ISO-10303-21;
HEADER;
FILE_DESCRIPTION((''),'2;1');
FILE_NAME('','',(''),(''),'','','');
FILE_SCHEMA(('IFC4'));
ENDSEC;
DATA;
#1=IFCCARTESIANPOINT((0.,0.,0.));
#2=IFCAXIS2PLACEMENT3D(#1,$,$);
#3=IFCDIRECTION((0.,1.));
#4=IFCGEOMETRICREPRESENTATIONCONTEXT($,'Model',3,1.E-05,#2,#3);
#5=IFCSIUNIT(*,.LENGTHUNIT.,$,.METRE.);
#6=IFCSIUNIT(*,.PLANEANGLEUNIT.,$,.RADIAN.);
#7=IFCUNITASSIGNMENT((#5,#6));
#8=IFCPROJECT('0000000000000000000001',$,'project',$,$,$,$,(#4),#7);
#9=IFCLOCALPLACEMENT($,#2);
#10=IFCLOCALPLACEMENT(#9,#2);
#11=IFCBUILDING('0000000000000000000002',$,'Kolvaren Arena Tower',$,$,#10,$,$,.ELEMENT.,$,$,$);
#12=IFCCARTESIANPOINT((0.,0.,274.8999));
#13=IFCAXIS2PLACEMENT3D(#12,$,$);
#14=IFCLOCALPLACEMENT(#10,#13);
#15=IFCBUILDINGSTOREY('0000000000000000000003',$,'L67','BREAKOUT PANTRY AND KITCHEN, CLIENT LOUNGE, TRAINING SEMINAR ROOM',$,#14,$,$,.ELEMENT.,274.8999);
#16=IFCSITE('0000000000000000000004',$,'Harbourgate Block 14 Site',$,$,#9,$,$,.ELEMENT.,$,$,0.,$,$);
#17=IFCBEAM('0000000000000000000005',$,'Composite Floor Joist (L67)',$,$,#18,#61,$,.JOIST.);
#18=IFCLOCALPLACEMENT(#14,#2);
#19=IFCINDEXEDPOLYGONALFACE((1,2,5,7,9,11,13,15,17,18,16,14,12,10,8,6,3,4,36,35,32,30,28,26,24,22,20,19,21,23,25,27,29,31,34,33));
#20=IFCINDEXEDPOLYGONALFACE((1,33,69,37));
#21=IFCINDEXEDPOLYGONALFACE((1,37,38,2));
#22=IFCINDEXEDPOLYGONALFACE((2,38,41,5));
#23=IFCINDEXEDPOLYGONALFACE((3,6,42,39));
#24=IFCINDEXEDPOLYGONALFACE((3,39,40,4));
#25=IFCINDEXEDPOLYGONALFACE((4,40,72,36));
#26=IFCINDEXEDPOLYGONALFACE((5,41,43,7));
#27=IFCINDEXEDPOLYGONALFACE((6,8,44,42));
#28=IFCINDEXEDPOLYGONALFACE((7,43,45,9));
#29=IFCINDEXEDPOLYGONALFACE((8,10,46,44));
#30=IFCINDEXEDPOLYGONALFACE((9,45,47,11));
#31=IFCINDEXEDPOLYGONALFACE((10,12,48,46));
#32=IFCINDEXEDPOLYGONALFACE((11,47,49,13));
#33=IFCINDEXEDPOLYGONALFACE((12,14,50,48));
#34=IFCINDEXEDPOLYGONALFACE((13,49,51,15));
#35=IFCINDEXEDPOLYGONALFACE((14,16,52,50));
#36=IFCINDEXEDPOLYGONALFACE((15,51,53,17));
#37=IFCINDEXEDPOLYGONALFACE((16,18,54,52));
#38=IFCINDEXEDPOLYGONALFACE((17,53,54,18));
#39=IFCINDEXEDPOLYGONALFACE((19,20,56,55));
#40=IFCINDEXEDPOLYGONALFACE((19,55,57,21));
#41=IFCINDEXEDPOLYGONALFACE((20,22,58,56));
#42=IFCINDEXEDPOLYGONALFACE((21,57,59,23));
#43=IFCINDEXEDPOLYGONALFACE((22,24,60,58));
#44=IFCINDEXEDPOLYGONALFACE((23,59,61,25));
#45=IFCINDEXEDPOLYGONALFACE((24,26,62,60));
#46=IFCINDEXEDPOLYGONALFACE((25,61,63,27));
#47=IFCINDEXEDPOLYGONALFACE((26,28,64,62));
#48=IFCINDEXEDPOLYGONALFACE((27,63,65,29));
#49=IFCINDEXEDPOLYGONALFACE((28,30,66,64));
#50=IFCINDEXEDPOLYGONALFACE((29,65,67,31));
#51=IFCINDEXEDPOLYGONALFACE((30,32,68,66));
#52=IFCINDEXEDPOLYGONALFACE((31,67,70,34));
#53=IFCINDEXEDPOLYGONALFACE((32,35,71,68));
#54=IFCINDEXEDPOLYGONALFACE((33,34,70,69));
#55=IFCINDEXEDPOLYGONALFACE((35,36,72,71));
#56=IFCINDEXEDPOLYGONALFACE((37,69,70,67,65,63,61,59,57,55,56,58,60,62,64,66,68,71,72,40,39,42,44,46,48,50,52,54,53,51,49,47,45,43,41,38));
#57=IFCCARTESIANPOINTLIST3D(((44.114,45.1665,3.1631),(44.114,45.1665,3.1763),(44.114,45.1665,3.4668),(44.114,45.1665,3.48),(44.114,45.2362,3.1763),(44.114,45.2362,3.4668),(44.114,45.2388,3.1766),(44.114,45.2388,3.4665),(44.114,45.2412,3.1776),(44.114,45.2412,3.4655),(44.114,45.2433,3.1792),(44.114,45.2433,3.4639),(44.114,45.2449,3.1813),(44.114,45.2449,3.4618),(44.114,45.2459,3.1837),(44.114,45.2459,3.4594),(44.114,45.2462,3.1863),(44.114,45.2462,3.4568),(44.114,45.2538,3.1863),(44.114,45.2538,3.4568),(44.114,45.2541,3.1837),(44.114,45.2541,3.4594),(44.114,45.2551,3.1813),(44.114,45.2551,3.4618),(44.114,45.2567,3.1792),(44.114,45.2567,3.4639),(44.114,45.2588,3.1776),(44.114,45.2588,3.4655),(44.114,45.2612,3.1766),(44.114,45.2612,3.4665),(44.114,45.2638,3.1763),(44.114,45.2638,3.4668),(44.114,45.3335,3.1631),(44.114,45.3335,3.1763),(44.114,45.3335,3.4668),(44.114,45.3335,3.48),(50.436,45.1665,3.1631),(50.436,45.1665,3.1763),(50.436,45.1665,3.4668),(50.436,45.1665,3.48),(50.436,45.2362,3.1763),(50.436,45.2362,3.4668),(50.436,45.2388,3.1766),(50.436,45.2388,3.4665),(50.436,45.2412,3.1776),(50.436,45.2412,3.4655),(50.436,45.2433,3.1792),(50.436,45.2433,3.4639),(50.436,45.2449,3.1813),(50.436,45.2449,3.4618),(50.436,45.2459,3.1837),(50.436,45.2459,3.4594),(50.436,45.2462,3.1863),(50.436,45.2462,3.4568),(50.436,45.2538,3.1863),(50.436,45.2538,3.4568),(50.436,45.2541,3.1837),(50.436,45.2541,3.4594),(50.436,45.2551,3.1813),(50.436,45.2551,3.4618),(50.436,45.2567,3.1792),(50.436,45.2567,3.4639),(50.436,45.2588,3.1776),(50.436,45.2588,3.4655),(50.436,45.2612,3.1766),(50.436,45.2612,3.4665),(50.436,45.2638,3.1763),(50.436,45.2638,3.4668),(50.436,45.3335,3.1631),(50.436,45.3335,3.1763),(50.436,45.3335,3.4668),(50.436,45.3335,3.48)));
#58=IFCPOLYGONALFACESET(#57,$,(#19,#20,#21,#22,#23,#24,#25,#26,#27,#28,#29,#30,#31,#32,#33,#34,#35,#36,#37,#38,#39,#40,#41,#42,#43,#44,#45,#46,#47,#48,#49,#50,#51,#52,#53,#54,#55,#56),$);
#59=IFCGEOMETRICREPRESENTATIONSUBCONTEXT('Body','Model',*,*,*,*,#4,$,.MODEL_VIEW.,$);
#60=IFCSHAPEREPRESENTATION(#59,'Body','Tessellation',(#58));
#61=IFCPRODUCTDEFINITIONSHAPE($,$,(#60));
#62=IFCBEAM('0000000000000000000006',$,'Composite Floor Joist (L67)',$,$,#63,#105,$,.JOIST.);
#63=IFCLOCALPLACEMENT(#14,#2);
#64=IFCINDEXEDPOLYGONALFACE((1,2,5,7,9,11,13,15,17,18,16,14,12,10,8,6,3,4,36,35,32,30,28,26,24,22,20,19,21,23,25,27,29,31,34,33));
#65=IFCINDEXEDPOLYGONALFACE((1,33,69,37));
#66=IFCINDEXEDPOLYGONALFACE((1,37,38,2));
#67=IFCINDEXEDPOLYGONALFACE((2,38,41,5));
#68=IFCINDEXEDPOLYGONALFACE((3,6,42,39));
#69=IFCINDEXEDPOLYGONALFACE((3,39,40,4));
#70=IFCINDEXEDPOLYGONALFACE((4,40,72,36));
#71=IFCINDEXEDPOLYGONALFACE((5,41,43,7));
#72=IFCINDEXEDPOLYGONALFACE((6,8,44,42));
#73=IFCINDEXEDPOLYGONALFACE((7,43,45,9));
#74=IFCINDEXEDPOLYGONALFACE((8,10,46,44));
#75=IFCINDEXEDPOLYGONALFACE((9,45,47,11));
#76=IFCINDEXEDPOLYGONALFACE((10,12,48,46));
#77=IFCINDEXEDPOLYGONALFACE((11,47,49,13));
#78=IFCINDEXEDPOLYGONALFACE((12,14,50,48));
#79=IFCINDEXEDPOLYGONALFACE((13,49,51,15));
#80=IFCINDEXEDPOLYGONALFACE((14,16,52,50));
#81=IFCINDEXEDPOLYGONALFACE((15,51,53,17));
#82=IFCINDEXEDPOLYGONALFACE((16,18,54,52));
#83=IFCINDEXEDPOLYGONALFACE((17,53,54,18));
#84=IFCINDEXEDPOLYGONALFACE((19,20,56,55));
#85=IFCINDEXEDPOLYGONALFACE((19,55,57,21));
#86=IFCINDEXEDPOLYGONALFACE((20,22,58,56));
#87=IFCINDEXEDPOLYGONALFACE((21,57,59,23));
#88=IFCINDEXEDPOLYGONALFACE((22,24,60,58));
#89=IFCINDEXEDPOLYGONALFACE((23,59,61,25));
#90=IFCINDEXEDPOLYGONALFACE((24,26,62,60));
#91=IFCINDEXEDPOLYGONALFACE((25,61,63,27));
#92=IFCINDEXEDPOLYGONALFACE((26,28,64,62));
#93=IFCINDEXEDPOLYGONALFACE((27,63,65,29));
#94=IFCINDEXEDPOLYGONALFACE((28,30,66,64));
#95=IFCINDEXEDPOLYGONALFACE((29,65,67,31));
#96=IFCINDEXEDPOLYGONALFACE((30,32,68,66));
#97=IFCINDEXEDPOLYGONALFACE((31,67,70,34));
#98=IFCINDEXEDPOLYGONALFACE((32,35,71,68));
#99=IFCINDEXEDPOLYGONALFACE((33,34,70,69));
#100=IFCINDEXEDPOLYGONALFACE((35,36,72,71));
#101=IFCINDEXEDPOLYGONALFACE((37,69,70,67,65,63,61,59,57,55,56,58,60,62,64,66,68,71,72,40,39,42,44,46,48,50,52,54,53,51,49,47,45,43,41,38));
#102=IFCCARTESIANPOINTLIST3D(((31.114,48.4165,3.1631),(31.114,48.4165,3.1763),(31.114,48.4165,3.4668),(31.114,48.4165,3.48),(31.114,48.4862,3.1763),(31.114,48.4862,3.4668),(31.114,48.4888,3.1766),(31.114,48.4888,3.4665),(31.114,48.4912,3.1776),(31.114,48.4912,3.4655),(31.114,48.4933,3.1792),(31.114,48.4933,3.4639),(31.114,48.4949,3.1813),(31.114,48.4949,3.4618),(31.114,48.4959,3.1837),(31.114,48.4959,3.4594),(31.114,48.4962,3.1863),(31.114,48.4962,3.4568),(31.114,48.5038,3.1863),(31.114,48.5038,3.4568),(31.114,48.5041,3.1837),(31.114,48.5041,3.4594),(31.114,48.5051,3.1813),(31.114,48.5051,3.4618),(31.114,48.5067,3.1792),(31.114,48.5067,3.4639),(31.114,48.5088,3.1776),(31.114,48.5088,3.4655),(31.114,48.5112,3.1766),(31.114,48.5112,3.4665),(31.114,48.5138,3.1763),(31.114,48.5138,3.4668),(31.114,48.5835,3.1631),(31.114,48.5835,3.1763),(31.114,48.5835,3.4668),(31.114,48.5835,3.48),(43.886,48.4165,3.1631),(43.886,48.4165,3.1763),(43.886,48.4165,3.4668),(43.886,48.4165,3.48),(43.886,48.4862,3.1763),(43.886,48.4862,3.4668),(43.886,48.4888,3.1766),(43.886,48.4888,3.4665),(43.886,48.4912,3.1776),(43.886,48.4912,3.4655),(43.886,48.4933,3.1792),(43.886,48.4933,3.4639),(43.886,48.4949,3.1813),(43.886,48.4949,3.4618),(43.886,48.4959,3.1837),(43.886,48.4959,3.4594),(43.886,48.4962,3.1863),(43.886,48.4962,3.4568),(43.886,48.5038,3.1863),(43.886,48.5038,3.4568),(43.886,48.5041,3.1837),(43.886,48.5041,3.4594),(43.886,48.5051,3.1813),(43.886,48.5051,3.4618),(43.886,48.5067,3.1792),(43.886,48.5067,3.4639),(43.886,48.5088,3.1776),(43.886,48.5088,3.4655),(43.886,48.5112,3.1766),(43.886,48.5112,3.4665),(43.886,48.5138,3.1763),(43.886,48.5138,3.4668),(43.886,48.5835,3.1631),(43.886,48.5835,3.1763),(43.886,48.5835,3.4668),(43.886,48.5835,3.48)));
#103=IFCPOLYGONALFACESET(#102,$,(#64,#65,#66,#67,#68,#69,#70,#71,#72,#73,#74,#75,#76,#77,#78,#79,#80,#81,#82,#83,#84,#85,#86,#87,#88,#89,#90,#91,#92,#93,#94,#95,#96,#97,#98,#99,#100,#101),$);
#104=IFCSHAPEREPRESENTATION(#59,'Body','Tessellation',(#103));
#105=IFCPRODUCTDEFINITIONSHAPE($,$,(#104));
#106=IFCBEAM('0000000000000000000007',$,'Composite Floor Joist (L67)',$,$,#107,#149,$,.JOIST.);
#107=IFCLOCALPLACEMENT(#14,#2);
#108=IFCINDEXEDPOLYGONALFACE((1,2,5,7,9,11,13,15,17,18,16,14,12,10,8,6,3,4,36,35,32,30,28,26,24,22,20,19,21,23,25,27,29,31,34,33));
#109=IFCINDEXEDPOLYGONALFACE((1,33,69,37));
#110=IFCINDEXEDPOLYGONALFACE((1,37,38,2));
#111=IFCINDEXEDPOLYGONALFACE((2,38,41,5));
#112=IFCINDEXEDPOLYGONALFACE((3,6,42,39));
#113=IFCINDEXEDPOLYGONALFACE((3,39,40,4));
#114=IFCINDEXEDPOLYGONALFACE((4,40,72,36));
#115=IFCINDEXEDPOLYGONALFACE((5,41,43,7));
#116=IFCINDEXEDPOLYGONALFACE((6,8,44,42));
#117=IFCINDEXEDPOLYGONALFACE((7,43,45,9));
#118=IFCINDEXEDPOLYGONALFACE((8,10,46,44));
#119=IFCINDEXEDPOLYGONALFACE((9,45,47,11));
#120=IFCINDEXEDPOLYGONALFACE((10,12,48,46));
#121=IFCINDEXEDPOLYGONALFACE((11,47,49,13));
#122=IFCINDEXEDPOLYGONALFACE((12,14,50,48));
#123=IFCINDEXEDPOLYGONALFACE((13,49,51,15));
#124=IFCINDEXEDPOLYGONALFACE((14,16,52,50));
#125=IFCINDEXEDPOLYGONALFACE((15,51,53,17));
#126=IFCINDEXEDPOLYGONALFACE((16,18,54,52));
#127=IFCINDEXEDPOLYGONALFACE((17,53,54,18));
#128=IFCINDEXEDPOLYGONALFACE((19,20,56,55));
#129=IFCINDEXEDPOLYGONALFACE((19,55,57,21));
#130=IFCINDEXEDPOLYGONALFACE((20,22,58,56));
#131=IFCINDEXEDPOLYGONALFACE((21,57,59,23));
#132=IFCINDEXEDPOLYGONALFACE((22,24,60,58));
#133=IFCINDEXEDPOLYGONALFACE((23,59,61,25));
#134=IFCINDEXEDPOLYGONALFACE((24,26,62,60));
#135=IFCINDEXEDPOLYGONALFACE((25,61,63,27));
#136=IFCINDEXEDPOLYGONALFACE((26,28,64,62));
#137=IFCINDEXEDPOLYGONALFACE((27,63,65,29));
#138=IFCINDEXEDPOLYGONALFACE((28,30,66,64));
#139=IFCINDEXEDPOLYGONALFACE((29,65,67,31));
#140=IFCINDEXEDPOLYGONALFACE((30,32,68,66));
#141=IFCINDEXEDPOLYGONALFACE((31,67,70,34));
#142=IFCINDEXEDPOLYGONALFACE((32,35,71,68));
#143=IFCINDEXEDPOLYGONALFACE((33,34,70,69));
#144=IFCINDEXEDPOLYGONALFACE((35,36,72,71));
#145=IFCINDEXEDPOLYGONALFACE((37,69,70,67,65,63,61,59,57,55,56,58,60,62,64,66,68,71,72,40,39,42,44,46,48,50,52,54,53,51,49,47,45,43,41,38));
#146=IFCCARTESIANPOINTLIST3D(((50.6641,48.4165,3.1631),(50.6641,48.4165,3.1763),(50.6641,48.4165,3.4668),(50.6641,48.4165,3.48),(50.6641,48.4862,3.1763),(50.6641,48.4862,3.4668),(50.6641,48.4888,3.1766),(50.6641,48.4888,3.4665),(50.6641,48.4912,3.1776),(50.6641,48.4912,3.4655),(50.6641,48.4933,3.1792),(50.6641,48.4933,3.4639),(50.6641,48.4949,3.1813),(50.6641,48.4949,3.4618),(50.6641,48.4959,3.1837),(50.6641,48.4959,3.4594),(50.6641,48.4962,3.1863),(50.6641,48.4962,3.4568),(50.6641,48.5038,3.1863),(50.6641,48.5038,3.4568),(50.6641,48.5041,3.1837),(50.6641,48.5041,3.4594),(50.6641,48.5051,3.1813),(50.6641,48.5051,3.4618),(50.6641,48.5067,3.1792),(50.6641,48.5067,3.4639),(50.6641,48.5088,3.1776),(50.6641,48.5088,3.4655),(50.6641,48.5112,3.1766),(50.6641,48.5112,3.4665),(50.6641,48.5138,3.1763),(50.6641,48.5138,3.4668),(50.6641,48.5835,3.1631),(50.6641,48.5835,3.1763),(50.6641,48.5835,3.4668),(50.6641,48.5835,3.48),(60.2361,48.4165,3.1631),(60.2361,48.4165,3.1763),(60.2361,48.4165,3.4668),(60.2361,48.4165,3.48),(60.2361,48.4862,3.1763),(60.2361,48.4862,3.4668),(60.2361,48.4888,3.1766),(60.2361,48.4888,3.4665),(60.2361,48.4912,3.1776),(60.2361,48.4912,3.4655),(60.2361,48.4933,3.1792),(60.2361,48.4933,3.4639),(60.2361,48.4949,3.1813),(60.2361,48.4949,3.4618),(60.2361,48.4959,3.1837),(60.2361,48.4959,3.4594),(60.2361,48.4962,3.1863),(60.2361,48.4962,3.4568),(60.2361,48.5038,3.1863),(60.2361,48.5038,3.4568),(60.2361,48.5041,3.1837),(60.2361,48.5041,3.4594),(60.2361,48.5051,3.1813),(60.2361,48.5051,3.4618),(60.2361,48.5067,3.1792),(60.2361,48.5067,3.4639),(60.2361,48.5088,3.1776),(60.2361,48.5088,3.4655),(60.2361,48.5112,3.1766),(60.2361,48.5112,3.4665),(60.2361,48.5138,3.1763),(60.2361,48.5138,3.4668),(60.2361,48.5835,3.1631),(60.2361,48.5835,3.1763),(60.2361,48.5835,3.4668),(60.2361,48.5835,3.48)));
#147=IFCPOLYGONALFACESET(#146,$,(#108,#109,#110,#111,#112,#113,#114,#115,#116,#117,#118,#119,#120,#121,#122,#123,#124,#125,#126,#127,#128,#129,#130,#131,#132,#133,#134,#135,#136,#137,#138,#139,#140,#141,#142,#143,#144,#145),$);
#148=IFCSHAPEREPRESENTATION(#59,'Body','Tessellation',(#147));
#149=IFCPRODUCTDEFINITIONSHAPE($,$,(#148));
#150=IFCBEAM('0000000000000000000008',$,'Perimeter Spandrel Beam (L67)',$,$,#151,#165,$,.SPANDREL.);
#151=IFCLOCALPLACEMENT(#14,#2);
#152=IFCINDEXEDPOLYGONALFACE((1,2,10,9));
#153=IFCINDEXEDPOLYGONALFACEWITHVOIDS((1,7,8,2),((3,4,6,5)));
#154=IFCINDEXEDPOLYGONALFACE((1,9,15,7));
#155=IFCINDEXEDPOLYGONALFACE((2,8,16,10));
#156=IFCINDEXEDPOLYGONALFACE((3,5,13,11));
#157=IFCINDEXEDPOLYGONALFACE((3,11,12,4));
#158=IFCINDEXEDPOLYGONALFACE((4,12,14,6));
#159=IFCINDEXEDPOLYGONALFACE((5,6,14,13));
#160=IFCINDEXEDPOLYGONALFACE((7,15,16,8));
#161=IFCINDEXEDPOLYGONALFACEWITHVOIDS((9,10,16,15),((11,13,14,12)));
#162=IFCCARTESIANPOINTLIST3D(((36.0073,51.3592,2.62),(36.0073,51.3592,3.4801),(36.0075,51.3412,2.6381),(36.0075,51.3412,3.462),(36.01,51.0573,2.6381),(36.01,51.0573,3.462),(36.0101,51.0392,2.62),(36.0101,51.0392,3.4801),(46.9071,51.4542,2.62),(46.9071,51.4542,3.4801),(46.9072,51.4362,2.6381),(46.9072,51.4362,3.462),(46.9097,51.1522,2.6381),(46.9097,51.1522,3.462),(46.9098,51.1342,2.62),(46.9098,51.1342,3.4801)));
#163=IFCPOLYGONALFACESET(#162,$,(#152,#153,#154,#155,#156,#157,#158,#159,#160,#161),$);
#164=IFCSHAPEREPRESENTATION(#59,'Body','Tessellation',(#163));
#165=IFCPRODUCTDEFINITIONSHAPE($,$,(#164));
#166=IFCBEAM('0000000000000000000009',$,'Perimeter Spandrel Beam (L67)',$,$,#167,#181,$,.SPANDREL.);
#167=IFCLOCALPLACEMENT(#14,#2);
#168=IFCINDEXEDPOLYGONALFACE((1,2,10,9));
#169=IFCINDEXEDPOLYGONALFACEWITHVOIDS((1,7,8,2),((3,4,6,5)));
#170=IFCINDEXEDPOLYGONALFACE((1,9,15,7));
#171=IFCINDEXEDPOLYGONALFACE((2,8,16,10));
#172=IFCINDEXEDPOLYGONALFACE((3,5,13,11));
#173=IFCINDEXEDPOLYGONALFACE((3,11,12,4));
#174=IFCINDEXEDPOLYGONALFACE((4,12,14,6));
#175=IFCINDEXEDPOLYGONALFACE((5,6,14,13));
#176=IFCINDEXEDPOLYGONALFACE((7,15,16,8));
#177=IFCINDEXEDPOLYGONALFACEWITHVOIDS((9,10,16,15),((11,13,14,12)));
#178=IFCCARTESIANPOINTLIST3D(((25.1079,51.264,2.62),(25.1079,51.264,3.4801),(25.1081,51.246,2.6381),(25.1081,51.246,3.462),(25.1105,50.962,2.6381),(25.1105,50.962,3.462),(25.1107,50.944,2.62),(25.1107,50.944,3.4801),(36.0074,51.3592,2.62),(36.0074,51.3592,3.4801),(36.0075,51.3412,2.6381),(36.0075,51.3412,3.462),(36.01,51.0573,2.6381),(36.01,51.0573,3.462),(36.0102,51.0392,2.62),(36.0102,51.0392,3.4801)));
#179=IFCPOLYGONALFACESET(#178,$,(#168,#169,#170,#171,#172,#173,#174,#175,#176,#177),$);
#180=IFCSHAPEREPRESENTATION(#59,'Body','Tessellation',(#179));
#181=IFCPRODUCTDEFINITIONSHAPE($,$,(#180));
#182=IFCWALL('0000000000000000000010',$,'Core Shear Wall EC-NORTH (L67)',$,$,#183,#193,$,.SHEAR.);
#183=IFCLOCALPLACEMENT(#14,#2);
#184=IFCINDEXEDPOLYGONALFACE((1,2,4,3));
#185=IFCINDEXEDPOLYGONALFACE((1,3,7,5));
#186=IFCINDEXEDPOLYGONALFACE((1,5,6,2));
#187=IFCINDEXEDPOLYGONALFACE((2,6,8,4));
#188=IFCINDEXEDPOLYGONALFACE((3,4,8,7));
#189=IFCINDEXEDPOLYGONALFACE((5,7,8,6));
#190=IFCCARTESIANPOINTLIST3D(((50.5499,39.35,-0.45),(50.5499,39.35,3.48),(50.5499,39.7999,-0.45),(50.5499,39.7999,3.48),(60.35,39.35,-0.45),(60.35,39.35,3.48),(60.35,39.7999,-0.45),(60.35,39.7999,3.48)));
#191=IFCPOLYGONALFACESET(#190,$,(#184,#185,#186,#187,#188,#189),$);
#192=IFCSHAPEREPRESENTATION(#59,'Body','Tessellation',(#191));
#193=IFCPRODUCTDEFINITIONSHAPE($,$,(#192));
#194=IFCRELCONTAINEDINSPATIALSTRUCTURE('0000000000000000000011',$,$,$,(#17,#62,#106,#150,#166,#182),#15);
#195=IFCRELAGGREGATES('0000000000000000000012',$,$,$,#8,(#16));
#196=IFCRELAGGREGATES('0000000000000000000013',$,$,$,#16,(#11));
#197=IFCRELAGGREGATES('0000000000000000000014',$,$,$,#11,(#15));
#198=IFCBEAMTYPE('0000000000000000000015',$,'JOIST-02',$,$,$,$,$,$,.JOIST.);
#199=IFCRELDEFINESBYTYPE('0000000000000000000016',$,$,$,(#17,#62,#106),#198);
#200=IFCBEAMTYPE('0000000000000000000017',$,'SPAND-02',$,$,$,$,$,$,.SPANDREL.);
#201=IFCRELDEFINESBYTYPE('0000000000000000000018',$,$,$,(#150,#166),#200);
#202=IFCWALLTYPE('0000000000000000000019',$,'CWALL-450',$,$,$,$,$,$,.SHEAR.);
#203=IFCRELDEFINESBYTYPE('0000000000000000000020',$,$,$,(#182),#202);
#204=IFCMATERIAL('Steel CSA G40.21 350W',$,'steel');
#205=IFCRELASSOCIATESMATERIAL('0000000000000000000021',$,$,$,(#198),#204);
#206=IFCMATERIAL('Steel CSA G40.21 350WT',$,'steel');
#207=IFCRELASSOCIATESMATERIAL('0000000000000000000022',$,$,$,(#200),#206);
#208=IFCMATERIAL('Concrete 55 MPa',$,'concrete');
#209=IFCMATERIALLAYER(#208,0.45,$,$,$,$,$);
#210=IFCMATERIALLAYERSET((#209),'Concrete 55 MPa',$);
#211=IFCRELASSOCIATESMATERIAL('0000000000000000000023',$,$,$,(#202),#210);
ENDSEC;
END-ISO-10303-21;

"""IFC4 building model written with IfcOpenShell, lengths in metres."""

from ifc_helpers import new_model, si_unit, direction, frame, frame_2d, origin, origin_2d, place, context, subcontext, project, spatial, rectangle, hollow_rectangle, i_section, extrude, material, layer, layer_set, material_profile, profile_set, type_object, element, save


model = new_model("IFC4")

# Units and contexts
model_context = context("Model", 3, precision=1e-05, world=origin(), true_north=direction((0.0, 1.0)))
body_context = subcontext(model_context, "Body", "Model", "MODEL_VIEW")
ifc_project = project(units=[si_unit("LENGTHUNIT", "METRE"), si_unit("PLANEANGLEUNIT", "RADIAN")], contexts=[model_context])

# Site, building, storey
site_placement = place(None, origin())
site = spatial("IfcSite", under=ifc_project, at=site_placement, Name="Harbourgate Block 14 Site", CompositionType="ELEMENT", RefElevation=0.0)
building_placement = place(site_placement, origin())
building = spatial("IfcBuilding", under=site, at=building_placement, Name="Kolvaren Arena Tower", CompositionType="ELEMENT")
storey_placement = place(building_placement, frame((0.0, 0.0, 274.8999)))
storey = spatial("IfcBuildingStorey", under=building, at=storey_placement, Name="L67", Description="BREAKOUT PANTRY AND KITCHEN, CLIENT LOUNGE, TRAINING SEMINAR ROOM", CompositionType="ELEMENT", Elevation=274.8999)

# Beams
ifc_material_1 = material(Name="Steel CSA G40.21 350W", Category="steel")
ifc_material_profile_1 = material_profile(ifc_material_1, i_section(OverallWidth=0.167, OverallDepth=0.3169, WebThickness=0.0076, FlangeThickness=0.0132, FilletRadius=0.01, at=origin_2d()), Name="W310x52")
ifc_profile_set_1 = profile_set([ifc_material_profile_1], Name="Steel CSA G40.21 350W")
beam_type_1 = type_object("IfcBeamType", Name="JOIST-02", PredefinedType="JOIST", material=ifc_profile_set_1)
beam_1_placement = place(storey_placement, frame((44.114, 45.25, 3.3215), z_axis=(1.0, 0.0, 0.0), x_axis=(0.0, 1.0, 0.0)))
element("IfcBeam", 1, at=beam_1_placement, inside=storey, type_object=beam_type_1, Name="Composite Floor Joist (L67)", PredefinedType="JOIST", context=body_context, shape_type="SweptSolid", body=[
    extrude(i_section(OverallWidth=0.167, OverallDepth=0.3169, WebThickness=0.0076, FlangeThickness=0.0132, FilletRadius=0.01, at=origin_2d()), origin(), (0.0, 0.0, 1.0), 6.322),
])
beam_2_placement = place(storey_placement, frame((31.114, 48.5, 3.3215), z_axis=(1.0, 0.0, 0.0), x_axis=(0.0, 1.0, 0.0)))
element("IfcBeam", 2, at=beam_2_placement, inside=storey, type_object=beam_type_1, Name="Composite Floor Joist (L67)", PredefinedType="JOIST", context=body_context, shape_type="SweptSolid", body=[
    extrude(i_section(OverallWidth=0.167, OverallDepth=0.3169, WebThickness=0.0076, FlangeThickness=0.0132, FilletRadius=0.01, at=origin_2d()), origin(), (0.0, 0.0, 1.0), 12.772),
])
beam_3_placement = place(storey_placement, frame((50.6641, 48.5, 3.3215), z_axis=(1.0, 0.0, 0.0), x_axis=(0.0, 1.0, 0.0)))
element("IfcBeam", 3, at=beam_3_placement, inside=storey, type_object=beam_type_1, Name="Composite Floor Joist (L67)", PredefinedType="JOIST", context=body_context, shape_type="SweptSolid", body=[
    extrude(i_section(OverallWidth=0.167, OverallDepth=0.3169, WebThickness=0.0076, FlangeThickness=0.0132, FilletRadius=0.01, at=origin_2d()), origin(), (0.0, 0.0, 1.0), 9.572),
])
ifc_material_2 = material(Name="Steel CSA G40.21 350WT", Category="steel")
ifc_material_profile_2 = material_profile(ifc_material_2, hollow_rectangle(XDim=0.3201, YDim=0.8601, WallThickness=0.0181, at=origin_2d()), Name="HSS 860x320x18")
ifc_profile_set_2 = profile_set([ifc_material_profile_2], Name="Steel CSA G40.21 350WT")
beam_type_2 = type_object("IfcBeamType", Name="SPAND-02", PredefinedType="SPANDREL", material=ifc_profile_set_2)
beam_4_placement = place(storey_placement, frame((46.9084, 51.2942, 3.05), z_axis=(-0.999962, -0.008713, 0.0), x_axis=(0.008713, -0.999962, 0.0)))
element("IfcBeam", 4, at=beam_4_placement, inside=storey, type_object=beam_type_2, Name="Perimeter Spandrel Beam (L67)", PredefinedType="SPANDREL", context=body_context, shape_type="SweptSolid", body=[
    extrude(hollow_rectangle(XDim=0.3201, YDim=0.8601, WallThickness=0.0181, at=origin_2d()), origin(), (0.0, 0.0, 1.0), 10.9001),
])
beam_5_placement = place(storey_placement, frame((36.0088, 51.1992, 3.05), z_axis=(-0.999962, -0.008735, 0.0), x_axis=(0.008735, -0.999962, 0.0)))
element("IfcBeam", 5, at=beam_5_placement, inside=storey, type_object=beam_type_2, Name="Perimeter Spandrel Beam (L67)", PredefinedType="SPANDREL", context=body_context, shape_type="SweptSolid", body=[
    extrude(hollow_rectangle(XDim=0.3201, YDim=0.8601, WallThickness=0.0181, at=origin_2d()), origin(), (0.0, 0.0, 1.0), 10.8999),
])

# Wall
ifc_material_3 = material(Name="Concrete 55 MPa", Category="concrete")
ifc_layer_1 = layer(ifc_material_3, 0.45)
ifc_layer_set_1 = layer_set([ifc_layer_1], Name="Concrete 55 MPa")
wall_type_1 = type_object("IfcWallType", Name="CWALL-450", PredefinedType="SHEAR", material=ifc_layer_set_1)
wall_1_placement = place(storey_placement, frame((50.55, 39.575, -0.45), z_axis=(0.0, 0.0, 1.0), x_axis=(1.0, 0.0, 0.0)))
element("IfcWall", 6, at=wall_1_placement, inside=storey, type_object=wall_type_1, Name="Core Shear Wall EC-NORTH (L67)", PredefinedType="SHEAR", context=body_context, shape_type="SweptSolid", body=[
    extrude(rectangle(XDim=9.8, YDim=0.45, at=frame_2d((4.8999, 0.0))), origin(), (0.0, 0.0, 1.0), 3.9299),
])

save(model, "model.ifc")
